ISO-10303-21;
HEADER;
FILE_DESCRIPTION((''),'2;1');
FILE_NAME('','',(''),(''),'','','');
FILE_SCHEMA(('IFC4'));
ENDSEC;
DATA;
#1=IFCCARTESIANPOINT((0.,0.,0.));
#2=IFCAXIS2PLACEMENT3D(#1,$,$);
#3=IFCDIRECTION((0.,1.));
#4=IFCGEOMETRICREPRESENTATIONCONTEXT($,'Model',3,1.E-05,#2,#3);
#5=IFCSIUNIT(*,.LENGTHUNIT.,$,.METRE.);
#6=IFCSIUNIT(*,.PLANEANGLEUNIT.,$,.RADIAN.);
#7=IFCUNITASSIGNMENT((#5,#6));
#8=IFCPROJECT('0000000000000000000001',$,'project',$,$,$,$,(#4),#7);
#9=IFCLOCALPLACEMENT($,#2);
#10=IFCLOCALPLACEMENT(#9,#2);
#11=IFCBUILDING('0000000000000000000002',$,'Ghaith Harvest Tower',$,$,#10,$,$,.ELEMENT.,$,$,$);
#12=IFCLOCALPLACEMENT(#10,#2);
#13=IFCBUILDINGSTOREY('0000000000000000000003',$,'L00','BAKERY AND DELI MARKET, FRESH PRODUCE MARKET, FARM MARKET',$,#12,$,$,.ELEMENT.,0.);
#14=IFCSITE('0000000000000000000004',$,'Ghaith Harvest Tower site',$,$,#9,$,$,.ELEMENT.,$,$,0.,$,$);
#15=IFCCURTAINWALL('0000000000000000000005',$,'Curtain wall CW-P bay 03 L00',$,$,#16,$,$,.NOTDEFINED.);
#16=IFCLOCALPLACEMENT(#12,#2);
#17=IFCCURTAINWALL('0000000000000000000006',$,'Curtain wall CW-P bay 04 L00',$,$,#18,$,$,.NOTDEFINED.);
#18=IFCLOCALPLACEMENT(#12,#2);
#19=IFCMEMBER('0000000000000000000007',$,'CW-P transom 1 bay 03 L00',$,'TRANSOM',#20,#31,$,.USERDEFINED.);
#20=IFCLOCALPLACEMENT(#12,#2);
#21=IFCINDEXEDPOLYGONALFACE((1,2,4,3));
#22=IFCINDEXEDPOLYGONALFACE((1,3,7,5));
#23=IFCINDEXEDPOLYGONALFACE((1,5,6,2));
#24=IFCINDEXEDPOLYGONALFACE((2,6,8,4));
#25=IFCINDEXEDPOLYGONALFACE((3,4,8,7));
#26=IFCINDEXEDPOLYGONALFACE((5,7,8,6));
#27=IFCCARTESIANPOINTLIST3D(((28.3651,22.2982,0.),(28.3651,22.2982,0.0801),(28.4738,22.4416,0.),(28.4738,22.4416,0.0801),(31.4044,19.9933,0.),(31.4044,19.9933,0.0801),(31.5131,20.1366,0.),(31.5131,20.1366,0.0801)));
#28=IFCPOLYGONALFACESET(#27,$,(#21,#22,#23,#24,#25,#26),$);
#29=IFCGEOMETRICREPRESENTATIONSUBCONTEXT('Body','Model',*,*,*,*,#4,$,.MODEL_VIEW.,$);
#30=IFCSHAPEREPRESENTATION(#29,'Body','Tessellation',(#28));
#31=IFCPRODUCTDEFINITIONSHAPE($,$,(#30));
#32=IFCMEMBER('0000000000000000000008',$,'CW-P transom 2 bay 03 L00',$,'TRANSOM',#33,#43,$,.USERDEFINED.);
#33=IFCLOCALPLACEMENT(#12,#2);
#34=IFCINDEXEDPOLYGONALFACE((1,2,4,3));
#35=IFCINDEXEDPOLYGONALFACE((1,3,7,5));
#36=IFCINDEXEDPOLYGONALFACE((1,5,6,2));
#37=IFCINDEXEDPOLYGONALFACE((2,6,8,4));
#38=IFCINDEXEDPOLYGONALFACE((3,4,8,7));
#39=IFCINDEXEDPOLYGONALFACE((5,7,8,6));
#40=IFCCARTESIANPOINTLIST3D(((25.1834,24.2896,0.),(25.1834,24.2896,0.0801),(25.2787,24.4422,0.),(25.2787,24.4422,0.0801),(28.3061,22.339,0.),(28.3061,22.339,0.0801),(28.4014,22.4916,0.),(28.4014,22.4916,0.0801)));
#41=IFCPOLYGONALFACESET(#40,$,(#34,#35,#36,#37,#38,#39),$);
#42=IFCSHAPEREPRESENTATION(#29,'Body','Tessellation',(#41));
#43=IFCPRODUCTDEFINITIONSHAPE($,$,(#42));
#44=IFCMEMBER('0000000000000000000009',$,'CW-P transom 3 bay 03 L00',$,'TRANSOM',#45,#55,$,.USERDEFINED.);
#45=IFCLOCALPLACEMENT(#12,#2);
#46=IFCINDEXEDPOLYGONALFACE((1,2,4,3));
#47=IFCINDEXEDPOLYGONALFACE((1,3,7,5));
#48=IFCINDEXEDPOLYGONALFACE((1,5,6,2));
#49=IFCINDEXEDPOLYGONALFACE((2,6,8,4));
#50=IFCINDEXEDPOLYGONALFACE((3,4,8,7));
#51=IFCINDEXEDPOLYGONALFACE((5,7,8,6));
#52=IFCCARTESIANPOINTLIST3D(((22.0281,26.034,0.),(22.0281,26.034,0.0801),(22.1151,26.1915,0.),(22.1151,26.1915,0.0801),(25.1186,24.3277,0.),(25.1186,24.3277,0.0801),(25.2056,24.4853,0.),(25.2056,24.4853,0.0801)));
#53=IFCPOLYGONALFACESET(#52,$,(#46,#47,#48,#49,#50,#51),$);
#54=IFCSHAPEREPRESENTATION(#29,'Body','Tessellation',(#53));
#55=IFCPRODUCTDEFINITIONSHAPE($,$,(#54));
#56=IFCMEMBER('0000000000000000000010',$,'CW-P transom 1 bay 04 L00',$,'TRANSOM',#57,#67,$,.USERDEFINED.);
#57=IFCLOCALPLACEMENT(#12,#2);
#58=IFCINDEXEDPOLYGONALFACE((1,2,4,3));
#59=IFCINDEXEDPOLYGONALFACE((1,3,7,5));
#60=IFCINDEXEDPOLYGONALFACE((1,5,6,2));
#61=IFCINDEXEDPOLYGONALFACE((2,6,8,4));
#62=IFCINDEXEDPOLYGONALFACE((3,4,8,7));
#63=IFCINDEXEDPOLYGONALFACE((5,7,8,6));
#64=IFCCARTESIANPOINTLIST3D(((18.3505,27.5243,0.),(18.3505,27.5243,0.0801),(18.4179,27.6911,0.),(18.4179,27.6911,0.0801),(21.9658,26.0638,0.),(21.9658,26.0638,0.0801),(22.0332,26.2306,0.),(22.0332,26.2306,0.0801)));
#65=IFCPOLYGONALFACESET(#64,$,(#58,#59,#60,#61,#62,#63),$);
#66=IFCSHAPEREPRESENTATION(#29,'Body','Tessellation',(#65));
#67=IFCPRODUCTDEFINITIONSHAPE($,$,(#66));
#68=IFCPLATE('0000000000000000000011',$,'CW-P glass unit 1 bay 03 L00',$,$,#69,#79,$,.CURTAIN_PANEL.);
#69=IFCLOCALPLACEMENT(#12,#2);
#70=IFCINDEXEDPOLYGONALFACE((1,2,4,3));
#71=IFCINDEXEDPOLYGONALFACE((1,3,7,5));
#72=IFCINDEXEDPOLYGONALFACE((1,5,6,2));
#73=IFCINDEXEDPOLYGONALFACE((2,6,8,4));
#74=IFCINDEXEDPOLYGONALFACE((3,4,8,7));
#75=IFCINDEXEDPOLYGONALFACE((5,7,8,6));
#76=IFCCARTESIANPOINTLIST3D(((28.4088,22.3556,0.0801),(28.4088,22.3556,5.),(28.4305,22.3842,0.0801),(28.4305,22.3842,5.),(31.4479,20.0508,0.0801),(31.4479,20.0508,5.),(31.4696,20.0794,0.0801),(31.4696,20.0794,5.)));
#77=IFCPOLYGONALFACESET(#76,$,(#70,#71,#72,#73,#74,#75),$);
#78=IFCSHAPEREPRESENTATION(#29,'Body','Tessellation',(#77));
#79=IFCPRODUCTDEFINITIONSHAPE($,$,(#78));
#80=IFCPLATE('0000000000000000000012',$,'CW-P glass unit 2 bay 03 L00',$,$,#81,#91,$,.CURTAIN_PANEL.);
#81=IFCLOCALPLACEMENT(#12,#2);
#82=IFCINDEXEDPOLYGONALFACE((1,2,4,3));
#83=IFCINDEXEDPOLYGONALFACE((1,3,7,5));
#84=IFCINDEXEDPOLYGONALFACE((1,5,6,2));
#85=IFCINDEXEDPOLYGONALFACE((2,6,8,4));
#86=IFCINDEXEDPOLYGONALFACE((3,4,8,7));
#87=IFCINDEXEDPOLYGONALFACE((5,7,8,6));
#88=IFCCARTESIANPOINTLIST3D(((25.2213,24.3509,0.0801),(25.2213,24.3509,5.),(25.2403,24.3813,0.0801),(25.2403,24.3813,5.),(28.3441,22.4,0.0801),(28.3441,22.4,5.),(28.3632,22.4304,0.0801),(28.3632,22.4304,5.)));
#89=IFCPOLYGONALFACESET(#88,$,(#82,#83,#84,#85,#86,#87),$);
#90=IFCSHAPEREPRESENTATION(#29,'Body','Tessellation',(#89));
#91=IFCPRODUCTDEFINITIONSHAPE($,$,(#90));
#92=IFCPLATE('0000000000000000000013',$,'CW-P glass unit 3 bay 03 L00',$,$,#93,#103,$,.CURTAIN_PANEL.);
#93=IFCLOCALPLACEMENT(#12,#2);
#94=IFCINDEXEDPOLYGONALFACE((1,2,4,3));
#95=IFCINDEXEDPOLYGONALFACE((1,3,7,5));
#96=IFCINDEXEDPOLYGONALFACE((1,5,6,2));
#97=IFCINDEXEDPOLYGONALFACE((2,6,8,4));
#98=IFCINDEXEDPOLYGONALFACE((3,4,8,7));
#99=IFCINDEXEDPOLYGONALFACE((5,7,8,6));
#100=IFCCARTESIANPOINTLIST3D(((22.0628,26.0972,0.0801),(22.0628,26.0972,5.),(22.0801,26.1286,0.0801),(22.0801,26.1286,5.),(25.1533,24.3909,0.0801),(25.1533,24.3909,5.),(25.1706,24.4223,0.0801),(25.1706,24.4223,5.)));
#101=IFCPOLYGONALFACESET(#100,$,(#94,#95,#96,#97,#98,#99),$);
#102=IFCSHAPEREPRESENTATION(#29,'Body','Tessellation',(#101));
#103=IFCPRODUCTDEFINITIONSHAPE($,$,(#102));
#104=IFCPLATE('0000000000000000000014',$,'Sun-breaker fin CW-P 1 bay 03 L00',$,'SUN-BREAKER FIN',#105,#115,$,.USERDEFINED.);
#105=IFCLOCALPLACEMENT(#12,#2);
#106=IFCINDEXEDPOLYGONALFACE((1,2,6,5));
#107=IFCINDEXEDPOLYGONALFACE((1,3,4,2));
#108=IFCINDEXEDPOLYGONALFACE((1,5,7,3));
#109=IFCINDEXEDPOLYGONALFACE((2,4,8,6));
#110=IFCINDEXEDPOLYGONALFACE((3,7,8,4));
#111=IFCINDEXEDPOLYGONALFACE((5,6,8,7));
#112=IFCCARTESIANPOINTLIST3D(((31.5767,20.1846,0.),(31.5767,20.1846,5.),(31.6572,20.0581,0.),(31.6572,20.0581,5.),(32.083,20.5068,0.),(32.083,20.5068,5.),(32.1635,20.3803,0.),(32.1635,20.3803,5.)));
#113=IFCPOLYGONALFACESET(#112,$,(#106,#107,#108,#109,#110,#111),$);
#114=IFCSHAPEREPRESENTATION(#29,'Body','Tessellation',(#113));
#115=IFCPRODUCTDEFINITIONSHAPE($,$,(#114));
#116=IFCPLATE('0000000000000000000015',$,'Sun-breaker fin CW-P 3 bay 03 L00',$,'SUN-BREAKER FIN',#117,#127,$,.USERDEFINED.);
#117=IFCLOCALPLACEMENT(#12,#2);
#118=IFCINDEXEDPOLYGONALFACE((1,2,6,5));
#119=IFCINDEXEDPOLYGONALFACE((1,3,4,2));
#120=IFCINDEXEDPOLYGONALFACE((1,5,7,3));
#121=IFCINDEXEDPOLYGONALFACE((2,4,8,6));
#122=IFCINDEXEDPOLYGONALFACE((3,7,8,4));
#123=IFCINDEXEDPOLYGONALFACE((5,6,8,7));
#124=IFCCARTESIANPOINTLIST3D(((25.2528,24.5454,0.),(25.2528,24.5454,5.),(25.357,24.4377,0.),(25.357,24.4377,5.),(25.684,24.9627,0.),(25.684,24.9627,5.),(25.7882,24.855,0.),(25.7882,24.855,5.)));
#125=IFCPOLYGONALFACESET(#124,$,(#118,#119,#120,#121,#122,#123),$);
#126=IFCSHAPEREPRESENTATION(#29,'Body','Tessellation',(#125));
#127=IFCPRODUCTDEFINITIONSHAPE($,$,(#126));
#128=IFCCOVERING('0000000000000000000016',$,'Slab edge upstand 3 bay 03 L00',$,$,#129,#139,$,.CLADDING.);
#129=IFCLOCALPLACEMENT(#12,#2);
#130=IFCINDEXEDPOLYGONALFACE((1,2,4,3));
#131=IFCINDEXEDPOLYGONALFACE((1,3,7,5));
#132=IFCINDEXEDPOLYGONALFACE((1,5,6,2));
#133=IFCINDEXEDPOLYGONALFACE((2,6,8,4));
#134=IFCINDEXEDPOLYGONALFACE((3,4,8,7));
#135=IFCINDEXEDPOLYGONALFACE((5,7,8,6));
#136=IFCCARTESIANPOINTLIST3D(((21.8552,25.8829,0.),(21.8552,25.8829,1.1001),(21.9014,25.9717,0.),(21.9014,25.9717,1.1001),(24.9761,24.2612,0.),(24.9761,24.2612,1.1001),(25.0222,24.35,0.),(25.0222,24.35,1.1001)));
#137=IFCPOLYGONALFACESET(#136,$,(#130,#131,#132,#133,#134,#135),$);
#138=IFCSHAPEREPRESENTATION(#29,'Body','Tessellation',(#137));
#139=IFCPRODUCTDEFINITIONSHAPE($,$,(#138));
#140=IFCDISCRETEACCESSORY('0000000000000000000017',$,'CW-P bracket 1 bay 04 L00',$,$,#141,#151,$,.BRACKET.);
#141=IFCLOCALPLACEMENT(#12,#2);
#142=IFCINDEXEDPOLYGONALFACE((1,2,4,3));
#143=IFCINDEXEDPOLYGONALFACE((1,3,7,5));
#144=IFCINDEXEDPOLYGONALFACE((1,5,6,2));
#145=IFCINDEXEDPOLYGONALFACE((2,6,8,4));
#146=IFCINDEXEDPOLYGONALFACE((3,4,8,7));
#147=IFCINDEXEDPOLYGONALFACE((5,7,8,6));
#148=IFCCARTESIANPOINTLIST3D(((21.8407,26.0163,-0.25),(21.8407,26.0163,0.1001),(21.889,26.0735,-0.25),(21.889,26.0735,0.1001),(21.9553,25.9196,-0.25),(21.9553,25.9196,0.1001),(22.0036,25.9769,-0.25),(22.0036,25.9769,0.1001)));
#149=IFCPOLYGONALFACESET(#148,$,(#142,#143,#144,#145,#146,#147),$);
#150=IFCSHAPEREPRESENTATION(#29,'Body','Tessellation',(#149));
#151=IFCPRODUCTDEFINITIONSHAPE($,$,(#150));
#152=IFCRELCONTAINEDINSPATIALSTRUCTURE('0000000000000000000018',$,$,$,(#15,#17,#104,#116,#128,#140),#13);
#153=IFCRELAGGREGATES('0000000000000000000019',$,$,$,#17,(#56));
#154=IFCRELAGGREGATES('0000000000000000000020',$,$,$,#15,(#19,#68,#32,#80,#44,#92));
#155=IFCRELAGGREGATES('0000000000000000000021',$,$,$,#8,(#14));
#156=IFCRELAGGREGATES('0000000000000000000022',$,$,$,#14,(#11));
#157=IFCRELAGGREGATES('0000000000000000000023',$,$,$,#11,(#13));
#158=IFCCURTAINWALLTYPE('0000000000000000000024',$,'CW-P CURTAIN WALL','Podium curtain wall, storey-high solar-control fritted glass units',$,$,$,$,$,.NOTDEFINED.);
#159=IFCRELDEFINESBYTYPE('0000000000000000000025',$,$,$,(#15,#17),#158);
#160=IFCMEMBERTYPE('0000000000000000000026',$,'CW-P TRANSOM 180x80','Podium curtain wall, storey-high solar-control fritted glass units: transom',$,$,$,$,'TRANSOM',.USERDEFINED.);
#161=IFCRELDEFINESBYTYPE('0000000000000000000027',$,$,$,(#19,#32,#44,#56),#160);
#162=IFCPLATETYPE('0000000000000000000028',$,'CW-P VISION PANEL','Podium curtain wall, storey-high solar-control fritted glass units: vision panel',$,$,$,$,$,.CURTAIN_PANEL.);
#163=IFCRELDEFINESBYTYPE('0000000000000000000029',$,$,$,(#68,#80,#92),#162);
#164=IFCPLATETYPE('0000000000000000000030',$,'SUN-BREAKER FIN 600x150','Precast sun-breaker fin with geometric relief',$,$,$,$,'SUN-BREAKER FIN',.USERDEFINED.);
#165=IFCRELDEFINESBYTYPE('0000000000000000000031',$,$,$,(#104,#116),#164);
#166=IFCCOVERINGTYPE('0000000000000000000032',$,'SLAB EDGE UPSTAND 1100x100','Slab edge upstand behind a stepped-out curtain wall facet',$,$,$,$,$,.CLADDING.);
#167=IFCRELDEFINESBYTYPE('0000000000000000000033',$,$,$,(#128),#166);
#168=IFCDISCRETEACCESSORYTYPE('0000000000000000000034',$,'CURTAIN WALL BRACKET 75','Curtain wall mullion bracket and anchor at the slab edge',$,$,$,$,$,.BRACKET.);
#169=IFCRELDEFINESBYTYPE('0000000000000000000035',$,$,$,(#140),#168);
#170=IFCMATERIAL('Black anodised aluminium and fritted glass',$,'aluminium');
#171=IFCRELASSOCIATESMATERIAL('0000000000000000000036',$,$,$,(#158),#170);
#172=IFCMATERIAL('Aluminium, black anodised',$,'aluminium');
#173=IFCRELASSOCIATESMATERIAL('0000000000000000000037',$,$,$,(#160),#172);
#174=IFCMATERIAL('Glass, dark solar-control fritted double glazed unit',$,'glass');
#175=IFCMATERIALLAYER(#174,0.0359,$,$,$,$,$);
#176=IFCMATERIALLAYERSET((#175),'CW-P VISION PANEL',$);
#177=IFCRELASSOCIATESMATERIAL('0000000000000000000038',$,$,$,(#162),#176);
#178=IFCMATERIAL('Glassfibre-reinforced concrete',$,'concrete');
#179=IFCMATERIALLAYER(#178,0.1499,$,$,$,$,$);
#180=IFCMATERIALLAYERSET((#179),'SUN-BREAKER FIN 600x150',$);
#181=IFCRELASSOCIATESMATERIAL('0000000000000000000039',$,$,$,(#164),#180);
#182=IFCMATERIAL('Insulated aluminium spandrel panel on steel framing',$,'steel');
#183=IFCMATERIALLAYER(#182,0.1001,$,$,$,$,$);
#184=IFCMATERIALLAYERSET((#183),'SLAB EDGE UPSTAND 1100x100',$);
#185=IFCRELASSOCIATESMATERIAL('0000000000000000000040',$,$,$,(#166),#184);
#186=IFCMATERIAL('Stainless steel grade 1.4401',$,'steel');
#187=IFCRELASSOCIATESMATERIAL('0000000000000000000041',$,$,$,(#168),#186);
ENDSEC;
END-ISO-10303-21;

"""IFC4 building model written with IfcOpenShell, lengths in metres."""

from ifc_helpers import new_model, si_unit, direction, frame, origin, origin_2d, place, context, subcontext, project, spatial, rectangle, extrude, material, layer, layer_set, material_profile, profile_set, type_object, element, aggregate, save


model = new_model("IFC4")

# Units and contexts
model_context = context("Model", 3, precision=1e-05, world=origin(), true_north=direction((0.0, 1.0)))
body_context = subcontext(model_context, "Body", "Model", "MODEL_VIEW")
ifc_project = project(units=[si_unit("LENGTHUNIT", "METRE"), si_unit("PLANEANGLEUNIT", "RADIAN")], contexts=[model_context])

# Site, building, storey
site_placement = place(None, origin())
site = spatial("IfcSite", under=ifc_project, at=site_placement, Name="Ghaith Harvest Tower site", CompositionType="ELEMENT", RefElevation=0.0)
building_placement = place(site_placement, origin())
building = spatial("IfcBuilding", under=site, at=building_placement, Name="Ghaith Harvest Tower", CompositionType="ELEMENT")
storey_placement = place(building_placement, origin())
storey = spatial("IfcBuildingStorey", under=building, at=storey_placement, Name="L00", Description="BAKERY AND DELI MARKET, FRESH PRODUCE MARKET, FARM MARKET", CompositionType="ELEMENT", Elevation=0.0)

# Curtain wall
ifc_material_1 = material(Name="Black anodised aluminium and fritted glass", Category="aluminium")
curtain_wall_type = type_object("IfcCurtainWallType", Name="CW-P CURTAIN WALL", Description="Podium curtain wall, storey-high solar-control fritted glass units", PredefinedType="NOTDEFINED", material=ifc_material_1)
curtain_wall_1_placement = place(storey_placement, origin())
curtain_wall_1 = element("IfcCurtainWall", 1, at=curtain_wall_1_placement, inside=storey, type_object=curtain_wall_type, Name="Curtain wall CW-P bay 03 L00", PredefinedType="NOTDEFINED")

# Curtain wall
curtain_wall_2_placement = place(storey_placement, origin())
curtain_wall_2 = element("IfcCurtainWall", 2, at=curtain_wall_2_placement, inside=storey, type_object=curtain_wall_type, Name="Curtain wall CW-P bay 04 L00", PredefinedType="NOTDEFINED")

# Members
ifc_material_2 = material(Name="Aluminium, black anodised", Category="aluminium")
ifc_material_profile_1 = material_profile(ifc_material_2, rectangle(XDim=0.1799, YDim=0.0801, at=origin_2d()), Name="CW-P TRANSOM 180x80")
ifc_profile_set_1 = profile_set([ifc_material_profile_1], Name="Aluminium, black anodised")
member_type_1 = type_object("IfcMemberType", Name="CW-P TRANSOM 180x80", Description="Podium curtain wall, storey-high solar-control fritted glass units: transom", ElementType="TRANSOM", PredefinedType="USERDEFINED", material=ifc_profile_set_1)
member_1_placement = place(storey_placement, frame((31.4587, 20.0649, 0.04), z_axis=(-0.796786, 0.604262, 0.0), x_axis=(-0.604262, -0.796786, 0.0)))
member_1 = element("IfcMember", 3, at=member_1_placement, type_object=member_type_1, Name="CW-P transom 1 bay 03 L00", ObjectType="TRANSOM", PredefinedType="USERDEFINED", context=body_context, shape_type="SweptSolid", body=[
    extrude(rectangle(XDim=0.1799, YDim=0.0801, at=origin_2d()), origin(), (0.0, 0.0, 1.0), 3.8145),
])
member_2_placement = place(storey_placement, frame((28.3538, 22.4153, 0.04), z_axis=(-0.848129, 0.52979, 0.0), x_axis=(-0.52979, -0.848129, 0.0)))
member_2 = element("IfcMember", 4, at=member_2_placement, type_object=member_type_1, Name="CW-P transom 2 bay 03 L00", ObjectType="TRANSOM", PredefinedType="USERDEFINED", context=body_context, shape_type="SweptSolid", body=[
    extrude(rectangle(XDim=0.1799, YDim=0.0801, at=origin_2d()), origin(), (0.0, 0.0, 1.0), 3.6819),
])
member_3_placement = place(storey_placement, frame((25.1621, 24.4065, 0.04), z_axis=(-0.875439, 0.483328, 0.0), x_axis=(-0.483328, -0.875439, 0.0)))
member_3 = element("IfcMember", 5, at=member_3_placement, type_object=member_type_1, Name="CW-P transom 3 bay 03 L00", ObjectType="TRANSOM", PredefinedType="USERDEFINED", context=body_context, shape_type="SweptSolid", body=[
    extrude(rectangle(XDim=0.1799, YDim=0.0801, at=origin_2d()), origin(), (0.0, 0.0, 1.0), 3.5303),
])
member_4_placement = place(storey_placement, frame((21.9995, 26.1472, 0.04), z_axis=(-0.927202, 0.374562, 0.0), x_axis=(-0.374562, -0.927202, 0.0)))
member_4 = element("IfcMember", 6, at=member_4_placement, type_object=member_type_1, Name="CW-P transom 1 bay 04 L00", ObjectType="TRANSOM", PredefinedType="USERDEFINED", context=body_context, shape_type="SweptSolid", body=[
    extrude(rectangle(XDim=0.1799, YDim=0.0801, at=origin_2d()), origin(), (0.0, 0.0, 1.0), 3.8992),
])
aggregate(curtain_wall_2, [member_4])

# Plates
ifc_material_3 = material(Name="Glass, dark solar-control fritted double glazed unit", Category="glass")
ifc_layer_1 = layer(ifc_material_3, 0.0359)
ifc_layer_set_1 = layer_set([ifc_layer_1], Name="CW-P VISION PANEL")
plate_type_1 = type_object("IfcPlateType", Name="CW-P VISION PANEL", Description="Podium curtain wall, storey-high solar-control fritted glass units: vision panel", PredefinedType="CURTAIN_PANEL", material=ifc_layer_set_1)
plate_1_placement = place(storey_placement, frame((29.9392, 21.2175, 0.0801), z_axis=(0.0, 0.0, 1.0), x_axis=(-0.796789, 0.604257, 0.0)))
plate_1 = element("IfcPlate", 7, at=plate_1_placement, type_object=plate_type_1, Name="CW-P glass unit 1 bay 03 L00", PredefinedType="CURTAIN_PANEL", context=body_context, shape_type="SweptSolid", body=[
    extrude(rectangle(XDim=3.8142, YDim=0.0359, at=origin_2d()), origin(), (0.0, 0.0, 1.0), 4.9199),
])
plate_2_placement = place(storey_placement, frame((26.7922, 23.3906, 0.0801), z_axis=(0.0, 0.0, 1.0), x_axis=(-0.848105, 0.529829, 0.0)))
plate_2 = element("IfcPlate", 8, at=plate_2_placement, type_object=plate_type_1, Name="CW-P glass unit 2 bay 03 L00", PredefinedType="CURTAIN_PANEL", context=body_context, shape_type="SweptSolid", body=[
    extrude(rectangle(XDim=3.6821, YDim=0.0359, at=origin_2d()), origin(), (0.0, 0.0, 1.0), 4.9199),
])
plate_3_placement = place(storey_placement, frame((23.6167, 25.2598, 0.0801), z_axis=(0.0, 0.0, 1.0), x_axis=(-0.875433, 0.483339, 0.0)))
plate_3 = element("IfcPlate", 9, at=plate_3_placement, type_object=plate_type_1, Name="CW-P glass unit 3 bay 03 L00", PredefinedType="CURTAIN_PANEL", context=body_context, shape_type="SweptSolid", body=[
    extrude(rectangle(XDim=3.5303, YDim=0.0359, at=origin_2d()), origin(), (0.0, 0.0, 1.0), 4.9199),
])
aggregate(curtain_wall_1, [member_1, plate_1, member_2, plate_2, member_3, plate_3])

# Plates
ifc_material_4 = material(Name="Glassfibre-reinforced concrete", Category="concrete")
ifc_layer_2 = layer(ifc_material_4, 0.1499)
ifc_layer_set_2 = layer_set([ifc_layer_2], Name="SUN-BREAKER FIN 600x150")
plate_type_2 = type_object("IfcPlateType", Name="SUN-BREAKER FIN 600x150", Description="Precast sun-breaker fin with geometric relief", ElementType="SUN-BREAKER FIN", PredefinedType="USERDEFINED", material=ifc_layer_set_2)
for number, where, z_axis, x_axis, name in (
    (10, (31.8701, 20.2825, 0.0), (0.0, 0.0, 1.0), (0.843644, 0.536903, 0.0), "Sun-breaker fin CW-P 1 bay 03 L00"),
    (11, (25.5205, 24.7002, 0.0), (0.0, 0.0, 1.0), (0.718559, 0.695466, 0.0), "Sun-breaker fin CW-P 3 bay 03 L00"),
):
    element("IfcPlate", number, at=place(storey_placement, frame(where, z_axis=z_axis, x_axis=x_axis)), inside=storey, type_object=plate_type_2, Name=name, ObjectType="SUN-BREAKER FIN", PredefinedType="USERDEFINED", context=body_context, shape_type="SweptSolid", body=[
        extrude(rectangle(XDim=0.6001, YDim=0.1499, at=origin_2d()), origin(), (0.0, 0.0, 1.0), 5.0),
    ])

# Covering
ifc_material_5 = material(Name="Insulated aluminium spandrel panel on steel framing", Category="steel")
ifc_layer_3 = layer(ifc_material_5, 0.1001)
ifc_layer_set_3 = layer_set([ifc_layer_3], Name="SLAB EDGE UPSTAND 1100x100")
covering_type = type_object("IfcCoveringType", Name="SLAB EDGE UPSTAND 1100x100", Description="Slab edge upstand behind a stepped-out curtain wall facet", PredefinedType="CLADDING", material=ifc_layer_set_3)
covering_placement = place(storey_placement, frame((23.4387, 25.1165, 0.0), z_axis=(0.0, 0.0, 1.0), x_axis=(-0.887346, 0.461103, 0.0)))
element("IfcCovering", 12, at=covering_placement, inside=storey, type_object=covering_type, Name="Slab edge upstand 3 bay 03 L00", PredefinedType="CLADDING", context=body_context, shape_type="SweptSolid", body=[
    extrude(rectangle(XDim=3.5171, YDim=0.1001, at=origin_2d()), origin(), (0.0, 0.0, 1.0), 1.1001),
])

# Discrete accessory
ifc_material_6 = material(Name="Stainless steel grade 1.4401", Category="steel")
discrete_accessory_type = type_object("IfcDiscreteAccessoryType", Name="CURTAIN WALL BRACKET 75", Description="Curtain wall mullion bracket and anchor at the slab edge", PredefinedType="BRACKET", material=ifc_material_6)
discrete_accessory_placement = place(storey_placement, frame((21.9221, 25.9966, -0.25), z_axis=(0.0, 0.0, 1.0), x_axis=(0.644657, 0.764472, 0.0)))
element("IfcDiscreteAccessory", 13, at=discrete_accessory_placement, inside=storey, type_object=discrete_accessory_type, Name="CW-P bracket 1 bay 04 L00", PredefinedType="BRACKET", context=body_context, shape_type="SweptSolid", body=[
    extrude(rectangle(XDim=0.075, YDim=0.1499, at=origin_2d()), origin(), (0.0, 0.0, 1.0), 0.3501),
])

save(model, "model.ifc")
